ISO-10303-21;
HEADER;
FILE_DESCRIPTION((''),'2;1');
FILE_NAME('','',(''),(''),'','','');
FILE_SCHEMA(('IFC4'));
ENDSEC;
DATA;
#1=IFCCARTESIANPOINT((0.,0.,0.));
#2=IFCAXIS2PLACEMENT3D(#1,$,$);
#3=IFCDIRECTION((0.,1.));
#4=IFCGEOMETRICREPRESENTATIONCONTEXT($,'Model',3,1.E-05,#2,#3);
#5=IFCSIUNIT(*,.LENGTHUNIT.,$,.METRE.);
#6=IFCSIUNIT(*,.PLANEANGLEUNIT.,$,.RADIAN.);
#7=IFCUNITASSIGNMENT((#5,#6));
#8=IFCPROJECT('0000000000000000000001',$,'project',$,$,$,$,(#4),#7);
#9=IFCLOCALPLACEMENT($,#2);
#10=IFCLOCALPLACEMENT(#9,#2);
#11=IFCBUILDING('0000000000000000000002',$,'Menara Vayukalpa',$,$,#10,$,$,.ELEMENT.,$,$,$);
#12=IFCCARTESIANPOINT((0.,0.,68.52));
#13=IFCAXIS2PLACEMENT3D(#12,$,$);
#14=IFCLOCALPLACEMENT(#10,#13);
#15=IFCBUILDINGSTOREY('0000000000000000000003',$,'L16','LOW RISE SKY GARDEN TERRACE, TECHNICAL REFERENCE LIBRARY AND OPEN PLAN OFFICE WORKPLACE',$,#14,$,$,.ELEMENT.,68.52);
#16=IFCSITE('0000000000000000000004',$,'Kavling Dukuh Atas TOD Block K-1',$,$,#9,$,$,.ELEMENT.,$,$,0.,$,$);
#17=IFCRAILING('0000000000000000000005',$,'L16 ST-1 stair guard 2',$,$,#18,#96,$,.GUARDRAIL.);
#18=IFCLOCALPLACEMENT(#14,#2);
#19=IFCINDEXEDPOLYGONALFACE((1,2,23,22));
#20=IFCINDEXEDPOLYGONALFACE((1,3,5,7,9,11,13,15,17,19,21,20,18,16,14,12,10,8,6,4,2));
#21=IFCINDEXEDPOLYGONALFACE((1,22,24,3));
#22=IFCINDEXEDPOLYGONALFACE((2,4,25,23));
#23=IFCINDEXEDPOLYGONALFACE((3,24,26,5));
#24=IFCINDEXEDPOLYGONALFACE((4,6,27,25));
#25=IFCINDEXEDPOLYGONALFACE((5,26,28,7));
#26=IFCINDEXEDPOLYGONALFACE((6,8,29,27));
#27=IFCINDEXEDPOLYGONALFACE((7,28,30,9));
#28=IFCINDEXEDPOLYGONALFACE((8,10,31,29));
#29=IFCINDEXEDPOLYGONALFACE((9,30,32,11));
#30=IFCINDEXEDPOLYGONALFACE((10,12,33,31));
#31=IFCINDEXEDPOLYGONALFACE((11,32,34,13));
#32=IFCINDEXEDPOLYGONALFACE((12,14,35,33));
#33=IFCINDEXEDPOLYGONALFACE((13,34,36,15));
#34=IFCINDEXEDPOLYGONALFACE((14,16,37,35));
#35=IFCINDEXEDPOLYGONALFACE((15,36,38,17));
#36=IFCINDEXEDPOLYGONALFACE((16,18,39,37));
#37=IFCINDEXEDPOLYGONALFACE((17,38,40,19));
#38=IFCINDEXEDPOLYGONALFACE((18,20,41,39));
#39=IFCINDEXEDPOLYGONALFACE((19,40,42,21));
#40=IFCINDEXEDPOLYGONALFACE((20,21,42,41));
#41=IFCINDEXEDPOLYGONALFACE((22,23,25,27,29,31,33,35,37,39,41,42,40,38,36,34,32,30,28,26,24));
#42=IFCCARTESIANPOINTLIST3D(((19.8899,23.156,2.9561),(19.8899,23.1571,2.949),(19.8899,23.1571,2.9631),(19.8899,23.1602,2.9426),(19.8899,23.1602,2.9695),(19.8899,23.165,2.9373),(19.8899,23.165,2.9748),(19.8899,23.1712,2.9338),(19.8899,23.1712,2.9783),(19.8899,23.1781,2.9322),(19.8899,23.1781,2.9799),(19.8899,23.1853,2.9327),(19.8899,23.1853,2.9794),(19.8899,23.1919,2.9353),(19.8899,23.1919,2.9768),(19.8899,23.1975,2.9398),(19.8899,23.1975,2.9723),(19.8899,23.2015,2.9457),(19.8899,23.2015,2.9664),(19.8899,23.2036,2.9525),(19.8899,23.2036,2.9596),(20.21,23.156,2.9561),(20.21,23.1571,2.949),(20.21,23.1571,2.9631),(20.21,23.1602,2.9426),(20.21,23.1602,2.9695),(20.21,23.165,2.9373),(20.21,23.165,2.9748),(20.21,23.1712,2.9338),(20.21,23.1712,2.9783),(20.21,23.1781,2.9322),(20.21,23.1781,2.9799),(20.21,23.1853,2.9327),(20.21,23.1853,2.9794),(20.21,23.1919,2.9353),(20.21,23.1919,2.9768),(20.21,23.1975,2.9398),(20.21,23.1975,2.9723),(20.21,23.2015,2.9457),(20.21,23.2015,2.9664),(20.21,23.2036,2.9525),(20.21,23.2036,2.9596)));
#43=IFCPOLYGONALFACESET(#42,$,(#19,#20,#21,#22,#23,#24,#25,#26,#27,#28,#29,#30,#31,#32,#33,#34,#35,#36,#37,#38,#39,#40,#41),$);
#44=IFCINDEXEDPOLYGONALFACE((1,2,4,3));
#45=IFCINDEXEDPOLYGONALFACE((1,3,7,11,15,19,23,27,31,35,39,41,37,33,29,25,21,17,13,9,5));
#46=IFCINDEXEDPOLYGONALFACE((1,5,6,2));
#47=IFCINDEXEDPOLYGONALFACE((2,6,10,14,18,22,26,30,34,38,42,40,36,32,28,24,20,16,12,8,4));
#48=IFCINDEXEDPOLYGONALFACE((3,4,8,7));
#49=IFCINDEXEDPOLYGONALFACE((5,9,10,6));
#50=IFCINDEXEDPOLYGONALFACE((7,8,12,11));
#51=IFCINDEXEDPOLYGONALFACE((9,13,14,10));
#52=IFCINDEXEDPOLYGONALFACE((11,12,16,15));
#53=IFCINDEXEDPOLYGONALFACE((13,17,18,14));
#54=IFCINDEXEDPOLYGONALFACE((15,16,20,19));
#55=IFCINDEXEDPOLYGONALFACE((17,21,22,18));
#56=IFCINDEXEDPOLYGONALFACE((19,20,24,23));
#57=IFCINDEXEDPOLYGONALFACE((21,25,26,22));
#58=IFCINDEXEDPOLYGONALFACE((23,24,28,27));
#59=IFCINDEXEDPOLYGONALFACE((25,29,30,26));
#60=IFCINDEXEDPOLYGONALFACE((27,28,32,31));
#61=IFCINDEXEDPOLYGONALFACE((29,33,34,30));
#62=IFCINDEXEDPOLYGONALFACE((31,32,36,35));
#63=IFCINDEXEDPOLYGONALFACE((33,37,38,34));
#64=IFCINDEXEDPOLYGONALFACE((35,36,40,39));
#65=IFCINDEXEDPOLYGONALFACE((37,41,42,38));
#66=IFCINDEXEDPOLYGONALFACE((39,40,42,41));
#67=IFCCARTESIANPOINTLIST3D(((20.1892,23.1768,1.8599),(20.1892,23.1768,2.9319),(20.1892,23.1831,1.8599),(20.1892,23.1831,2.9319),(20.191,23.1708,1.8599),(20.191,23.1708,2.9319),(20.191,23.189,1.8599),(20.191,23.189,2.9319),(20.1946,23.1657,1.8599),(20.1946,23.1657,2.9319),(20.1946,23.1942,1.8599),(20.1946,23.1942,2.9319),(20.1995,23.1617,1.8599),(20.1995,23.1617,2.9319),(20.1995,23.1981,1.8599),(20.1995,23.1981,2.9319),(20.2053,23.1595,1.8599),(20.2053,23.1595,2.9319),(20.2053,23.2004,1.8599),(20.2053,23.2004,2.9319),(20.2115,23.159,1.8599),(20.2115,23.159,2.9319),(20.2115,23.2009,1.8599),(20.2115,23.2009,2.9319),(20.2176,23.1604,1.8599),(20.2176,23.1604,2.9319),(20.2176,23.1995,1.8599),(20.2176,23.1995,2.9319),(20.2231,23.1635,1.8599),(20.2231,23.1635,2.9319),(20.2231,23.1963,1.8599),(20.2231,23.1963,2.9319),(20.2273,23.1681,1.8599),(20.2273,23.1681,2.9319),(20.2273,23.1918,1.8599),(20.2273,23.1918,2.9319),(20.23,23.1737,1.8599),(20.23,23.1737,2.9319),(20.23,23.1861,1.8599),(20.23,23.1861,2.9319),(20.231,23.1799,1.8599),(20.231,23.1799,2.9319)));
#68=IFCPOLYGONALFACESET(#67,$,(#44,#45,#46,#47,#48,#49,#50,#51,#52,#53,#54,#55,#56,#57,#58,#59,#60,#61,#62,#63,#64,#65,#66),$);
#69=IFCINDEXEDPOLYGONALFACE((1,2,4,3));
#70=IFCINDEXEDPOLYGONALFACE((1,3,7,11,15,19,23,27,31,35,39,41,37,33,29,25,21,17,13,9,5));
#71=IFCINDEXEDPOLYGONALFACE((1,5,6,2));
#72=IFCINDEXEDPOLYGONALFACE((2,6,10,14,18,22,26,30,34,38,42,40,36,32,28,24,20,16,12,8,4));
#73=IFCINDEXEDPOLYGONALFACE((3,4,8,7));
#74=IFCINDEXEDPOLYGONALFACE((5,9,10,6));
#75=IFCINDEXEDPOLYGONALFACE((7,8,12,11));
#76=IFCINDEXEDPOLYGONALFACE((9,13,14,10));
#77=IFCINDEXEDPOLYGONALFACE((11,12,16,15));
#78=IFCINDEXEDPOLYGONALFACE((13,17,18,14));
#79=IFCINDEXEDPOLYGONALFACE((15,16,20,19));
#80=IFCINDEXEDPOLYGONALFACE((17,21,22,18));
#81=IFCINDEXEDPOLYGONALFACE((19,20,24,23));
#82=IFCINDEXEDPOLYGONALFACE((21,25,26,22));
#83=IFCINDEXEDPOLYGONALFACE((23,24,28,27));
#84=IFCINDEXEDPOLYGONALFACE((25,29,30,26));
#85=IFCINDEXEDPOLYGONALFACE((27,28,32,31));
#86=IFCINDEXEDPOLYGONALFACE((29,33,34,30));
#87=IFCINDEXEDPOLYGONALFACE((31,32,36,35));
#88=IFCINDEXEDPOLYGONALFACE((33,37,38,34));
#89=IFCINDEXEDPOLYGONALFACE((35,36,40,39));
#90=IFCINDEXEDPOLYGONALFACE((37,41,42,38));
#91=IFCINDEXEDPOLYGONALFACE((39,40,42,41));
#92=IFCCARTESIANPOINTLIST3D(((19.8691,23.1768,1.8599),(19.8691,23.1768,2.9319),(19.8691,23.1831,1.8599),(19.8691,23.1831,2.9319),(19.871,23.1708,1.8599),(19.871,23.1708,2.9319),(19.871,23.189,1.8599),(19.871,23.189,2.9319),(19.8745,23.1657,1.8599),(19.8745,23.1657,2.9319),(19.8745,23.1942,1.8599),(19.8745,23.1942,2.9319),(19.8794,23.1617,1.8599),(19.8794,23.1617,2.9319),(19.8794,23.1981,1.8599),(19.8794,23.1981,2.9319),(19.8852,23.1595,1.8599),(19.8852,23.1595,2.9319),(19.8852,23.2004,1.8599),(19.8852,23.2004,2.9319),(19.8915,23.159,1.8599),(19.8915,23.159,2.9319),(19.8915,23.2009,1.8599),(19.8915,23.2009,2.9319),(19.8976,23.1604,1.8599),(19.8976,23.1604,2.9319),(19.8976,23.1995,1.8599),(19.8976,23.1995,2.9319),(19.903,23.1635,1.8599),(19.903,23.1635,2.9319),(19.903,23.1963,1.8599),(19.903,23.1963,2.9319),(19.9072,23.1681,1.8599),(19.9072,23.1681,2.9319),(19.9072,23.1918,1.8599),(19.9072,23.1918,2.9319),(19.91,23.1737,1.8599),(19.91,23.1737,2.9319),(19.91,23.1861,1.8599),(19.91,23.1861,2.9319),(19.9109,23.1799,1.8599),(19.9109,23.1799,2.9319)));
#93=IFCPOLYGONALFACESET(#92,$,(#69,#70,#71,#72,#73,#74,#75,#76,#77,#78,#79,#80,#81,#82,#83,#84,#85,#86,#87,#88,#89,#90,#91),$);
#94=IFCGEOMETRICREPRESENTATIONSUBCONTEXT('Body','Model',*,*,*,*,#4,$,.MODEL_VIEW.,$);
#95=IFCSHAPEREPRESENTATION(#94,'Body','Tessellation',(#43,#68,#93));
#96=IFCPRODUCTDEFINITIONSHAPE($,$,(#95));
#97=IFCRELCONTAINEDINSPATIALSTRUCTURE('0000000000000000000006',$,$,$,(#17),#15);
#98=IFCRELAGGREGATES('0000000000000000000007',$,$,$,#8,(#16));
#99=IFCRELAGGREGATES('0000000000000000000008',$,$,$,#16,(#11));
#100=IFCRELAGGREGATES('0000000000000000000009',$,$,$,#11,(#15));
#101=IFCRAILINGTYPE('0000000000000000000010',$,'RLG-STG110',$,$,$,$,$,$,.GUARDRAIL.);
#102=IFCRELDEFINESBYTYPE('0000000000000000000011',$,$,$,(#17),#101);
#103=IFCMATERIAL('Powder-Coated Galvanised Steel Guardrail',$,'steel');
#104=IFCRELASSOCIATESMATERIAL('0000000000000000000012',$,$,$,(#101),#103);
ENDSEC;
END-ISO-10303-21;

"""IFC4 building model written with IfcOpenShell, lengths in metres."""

from ifc_helpers import new_model, si_unit, direction, frame, origin, origin_2d, place, context, subcontext, project, spatial, circle, extrude, material, type_object, element, save


model = new_model("IFC4")

# Units and contexts
model_context = context("Model", 3, precision=1e-05, world=origin(), true_north=direction((0.0, 1.0)))
body_context = subcontext(model_context, "Body", "Model", "MODEL_VIEW")
ifc_project = project(units=[si_unit("LENGTHUNIT", "METRE"), si_unit("PLANEANGLEUNIT", "RADIAN")], contexts=[model_context])

# Site, building, storey
site_placement = place(None, origin())
site = spatial("IfcSite", under=ifc_project, at=site_placement, Name="Kavling Dukuh Atas TOD Block K-1", CompositionType="ELEMENT", RefElevation=0.0)
building_placement = place(site_placement, origin())
building = spatial("IfcBuilding", under=site, at=building_placement, Name="Menara Vayukalpa", CompositionType="ELEMENT")
storey_placement = place(building_placement, frame((0.0, 0.0, 68.52)))
storey = spatial("IfcBuildingStorey", under=building, at=storey_placement, Name="L16", Description="LOW RISE SKY GARDEN TERRACE, TECHNICAL REFERENCE LIBRARY AND OPEN PLAN OFFICE WORKPLACE", CompositionType="ELEMENT", Elevation=68.52)

# Railing
ifc_material_1 = material(Name="Powder-Coated Galvanised Steel Guardrail", Category="steel")
railing_type_1 = type_object("IfcRailingType", Name="RLG-STG110", PredefinedType="GUARDRAIL", material=ifc_material_1)
railing_1_placement = place(storey_placement, frame((20.21, 23.1799, 1.8599)))
element("IfcRailing", 1, at=railing_1_placement, inside=storey, type_object=railing_type_1, Name="L16 ST-1 stair guard 2", PredefinedType="GUARDRAIL", context=body_context, shape_type="SweptSolid", body=[
    extrude(circle(Radius=0.0239, at=origin_2d()), frame((0.0, 0.0, 1.0962), z_axis=(-1.0, 0.0, 0.0), x_axis=(0.0, -1.0, 0.0)), (0.0, 0.0, 1.0), 0.3201),
    extrude(circle(Radius=0.021, at=origin_2d()), origin(), (0.0, 0.0, 1.0), 1.072),
    extrude(circle(Radius=0.021, at=origin_2d()), frame((-0.3201, 0.0, 0.0)), (0.0, 0.0, 1.0), 1.072),
])

save(model, "model.ifc")
